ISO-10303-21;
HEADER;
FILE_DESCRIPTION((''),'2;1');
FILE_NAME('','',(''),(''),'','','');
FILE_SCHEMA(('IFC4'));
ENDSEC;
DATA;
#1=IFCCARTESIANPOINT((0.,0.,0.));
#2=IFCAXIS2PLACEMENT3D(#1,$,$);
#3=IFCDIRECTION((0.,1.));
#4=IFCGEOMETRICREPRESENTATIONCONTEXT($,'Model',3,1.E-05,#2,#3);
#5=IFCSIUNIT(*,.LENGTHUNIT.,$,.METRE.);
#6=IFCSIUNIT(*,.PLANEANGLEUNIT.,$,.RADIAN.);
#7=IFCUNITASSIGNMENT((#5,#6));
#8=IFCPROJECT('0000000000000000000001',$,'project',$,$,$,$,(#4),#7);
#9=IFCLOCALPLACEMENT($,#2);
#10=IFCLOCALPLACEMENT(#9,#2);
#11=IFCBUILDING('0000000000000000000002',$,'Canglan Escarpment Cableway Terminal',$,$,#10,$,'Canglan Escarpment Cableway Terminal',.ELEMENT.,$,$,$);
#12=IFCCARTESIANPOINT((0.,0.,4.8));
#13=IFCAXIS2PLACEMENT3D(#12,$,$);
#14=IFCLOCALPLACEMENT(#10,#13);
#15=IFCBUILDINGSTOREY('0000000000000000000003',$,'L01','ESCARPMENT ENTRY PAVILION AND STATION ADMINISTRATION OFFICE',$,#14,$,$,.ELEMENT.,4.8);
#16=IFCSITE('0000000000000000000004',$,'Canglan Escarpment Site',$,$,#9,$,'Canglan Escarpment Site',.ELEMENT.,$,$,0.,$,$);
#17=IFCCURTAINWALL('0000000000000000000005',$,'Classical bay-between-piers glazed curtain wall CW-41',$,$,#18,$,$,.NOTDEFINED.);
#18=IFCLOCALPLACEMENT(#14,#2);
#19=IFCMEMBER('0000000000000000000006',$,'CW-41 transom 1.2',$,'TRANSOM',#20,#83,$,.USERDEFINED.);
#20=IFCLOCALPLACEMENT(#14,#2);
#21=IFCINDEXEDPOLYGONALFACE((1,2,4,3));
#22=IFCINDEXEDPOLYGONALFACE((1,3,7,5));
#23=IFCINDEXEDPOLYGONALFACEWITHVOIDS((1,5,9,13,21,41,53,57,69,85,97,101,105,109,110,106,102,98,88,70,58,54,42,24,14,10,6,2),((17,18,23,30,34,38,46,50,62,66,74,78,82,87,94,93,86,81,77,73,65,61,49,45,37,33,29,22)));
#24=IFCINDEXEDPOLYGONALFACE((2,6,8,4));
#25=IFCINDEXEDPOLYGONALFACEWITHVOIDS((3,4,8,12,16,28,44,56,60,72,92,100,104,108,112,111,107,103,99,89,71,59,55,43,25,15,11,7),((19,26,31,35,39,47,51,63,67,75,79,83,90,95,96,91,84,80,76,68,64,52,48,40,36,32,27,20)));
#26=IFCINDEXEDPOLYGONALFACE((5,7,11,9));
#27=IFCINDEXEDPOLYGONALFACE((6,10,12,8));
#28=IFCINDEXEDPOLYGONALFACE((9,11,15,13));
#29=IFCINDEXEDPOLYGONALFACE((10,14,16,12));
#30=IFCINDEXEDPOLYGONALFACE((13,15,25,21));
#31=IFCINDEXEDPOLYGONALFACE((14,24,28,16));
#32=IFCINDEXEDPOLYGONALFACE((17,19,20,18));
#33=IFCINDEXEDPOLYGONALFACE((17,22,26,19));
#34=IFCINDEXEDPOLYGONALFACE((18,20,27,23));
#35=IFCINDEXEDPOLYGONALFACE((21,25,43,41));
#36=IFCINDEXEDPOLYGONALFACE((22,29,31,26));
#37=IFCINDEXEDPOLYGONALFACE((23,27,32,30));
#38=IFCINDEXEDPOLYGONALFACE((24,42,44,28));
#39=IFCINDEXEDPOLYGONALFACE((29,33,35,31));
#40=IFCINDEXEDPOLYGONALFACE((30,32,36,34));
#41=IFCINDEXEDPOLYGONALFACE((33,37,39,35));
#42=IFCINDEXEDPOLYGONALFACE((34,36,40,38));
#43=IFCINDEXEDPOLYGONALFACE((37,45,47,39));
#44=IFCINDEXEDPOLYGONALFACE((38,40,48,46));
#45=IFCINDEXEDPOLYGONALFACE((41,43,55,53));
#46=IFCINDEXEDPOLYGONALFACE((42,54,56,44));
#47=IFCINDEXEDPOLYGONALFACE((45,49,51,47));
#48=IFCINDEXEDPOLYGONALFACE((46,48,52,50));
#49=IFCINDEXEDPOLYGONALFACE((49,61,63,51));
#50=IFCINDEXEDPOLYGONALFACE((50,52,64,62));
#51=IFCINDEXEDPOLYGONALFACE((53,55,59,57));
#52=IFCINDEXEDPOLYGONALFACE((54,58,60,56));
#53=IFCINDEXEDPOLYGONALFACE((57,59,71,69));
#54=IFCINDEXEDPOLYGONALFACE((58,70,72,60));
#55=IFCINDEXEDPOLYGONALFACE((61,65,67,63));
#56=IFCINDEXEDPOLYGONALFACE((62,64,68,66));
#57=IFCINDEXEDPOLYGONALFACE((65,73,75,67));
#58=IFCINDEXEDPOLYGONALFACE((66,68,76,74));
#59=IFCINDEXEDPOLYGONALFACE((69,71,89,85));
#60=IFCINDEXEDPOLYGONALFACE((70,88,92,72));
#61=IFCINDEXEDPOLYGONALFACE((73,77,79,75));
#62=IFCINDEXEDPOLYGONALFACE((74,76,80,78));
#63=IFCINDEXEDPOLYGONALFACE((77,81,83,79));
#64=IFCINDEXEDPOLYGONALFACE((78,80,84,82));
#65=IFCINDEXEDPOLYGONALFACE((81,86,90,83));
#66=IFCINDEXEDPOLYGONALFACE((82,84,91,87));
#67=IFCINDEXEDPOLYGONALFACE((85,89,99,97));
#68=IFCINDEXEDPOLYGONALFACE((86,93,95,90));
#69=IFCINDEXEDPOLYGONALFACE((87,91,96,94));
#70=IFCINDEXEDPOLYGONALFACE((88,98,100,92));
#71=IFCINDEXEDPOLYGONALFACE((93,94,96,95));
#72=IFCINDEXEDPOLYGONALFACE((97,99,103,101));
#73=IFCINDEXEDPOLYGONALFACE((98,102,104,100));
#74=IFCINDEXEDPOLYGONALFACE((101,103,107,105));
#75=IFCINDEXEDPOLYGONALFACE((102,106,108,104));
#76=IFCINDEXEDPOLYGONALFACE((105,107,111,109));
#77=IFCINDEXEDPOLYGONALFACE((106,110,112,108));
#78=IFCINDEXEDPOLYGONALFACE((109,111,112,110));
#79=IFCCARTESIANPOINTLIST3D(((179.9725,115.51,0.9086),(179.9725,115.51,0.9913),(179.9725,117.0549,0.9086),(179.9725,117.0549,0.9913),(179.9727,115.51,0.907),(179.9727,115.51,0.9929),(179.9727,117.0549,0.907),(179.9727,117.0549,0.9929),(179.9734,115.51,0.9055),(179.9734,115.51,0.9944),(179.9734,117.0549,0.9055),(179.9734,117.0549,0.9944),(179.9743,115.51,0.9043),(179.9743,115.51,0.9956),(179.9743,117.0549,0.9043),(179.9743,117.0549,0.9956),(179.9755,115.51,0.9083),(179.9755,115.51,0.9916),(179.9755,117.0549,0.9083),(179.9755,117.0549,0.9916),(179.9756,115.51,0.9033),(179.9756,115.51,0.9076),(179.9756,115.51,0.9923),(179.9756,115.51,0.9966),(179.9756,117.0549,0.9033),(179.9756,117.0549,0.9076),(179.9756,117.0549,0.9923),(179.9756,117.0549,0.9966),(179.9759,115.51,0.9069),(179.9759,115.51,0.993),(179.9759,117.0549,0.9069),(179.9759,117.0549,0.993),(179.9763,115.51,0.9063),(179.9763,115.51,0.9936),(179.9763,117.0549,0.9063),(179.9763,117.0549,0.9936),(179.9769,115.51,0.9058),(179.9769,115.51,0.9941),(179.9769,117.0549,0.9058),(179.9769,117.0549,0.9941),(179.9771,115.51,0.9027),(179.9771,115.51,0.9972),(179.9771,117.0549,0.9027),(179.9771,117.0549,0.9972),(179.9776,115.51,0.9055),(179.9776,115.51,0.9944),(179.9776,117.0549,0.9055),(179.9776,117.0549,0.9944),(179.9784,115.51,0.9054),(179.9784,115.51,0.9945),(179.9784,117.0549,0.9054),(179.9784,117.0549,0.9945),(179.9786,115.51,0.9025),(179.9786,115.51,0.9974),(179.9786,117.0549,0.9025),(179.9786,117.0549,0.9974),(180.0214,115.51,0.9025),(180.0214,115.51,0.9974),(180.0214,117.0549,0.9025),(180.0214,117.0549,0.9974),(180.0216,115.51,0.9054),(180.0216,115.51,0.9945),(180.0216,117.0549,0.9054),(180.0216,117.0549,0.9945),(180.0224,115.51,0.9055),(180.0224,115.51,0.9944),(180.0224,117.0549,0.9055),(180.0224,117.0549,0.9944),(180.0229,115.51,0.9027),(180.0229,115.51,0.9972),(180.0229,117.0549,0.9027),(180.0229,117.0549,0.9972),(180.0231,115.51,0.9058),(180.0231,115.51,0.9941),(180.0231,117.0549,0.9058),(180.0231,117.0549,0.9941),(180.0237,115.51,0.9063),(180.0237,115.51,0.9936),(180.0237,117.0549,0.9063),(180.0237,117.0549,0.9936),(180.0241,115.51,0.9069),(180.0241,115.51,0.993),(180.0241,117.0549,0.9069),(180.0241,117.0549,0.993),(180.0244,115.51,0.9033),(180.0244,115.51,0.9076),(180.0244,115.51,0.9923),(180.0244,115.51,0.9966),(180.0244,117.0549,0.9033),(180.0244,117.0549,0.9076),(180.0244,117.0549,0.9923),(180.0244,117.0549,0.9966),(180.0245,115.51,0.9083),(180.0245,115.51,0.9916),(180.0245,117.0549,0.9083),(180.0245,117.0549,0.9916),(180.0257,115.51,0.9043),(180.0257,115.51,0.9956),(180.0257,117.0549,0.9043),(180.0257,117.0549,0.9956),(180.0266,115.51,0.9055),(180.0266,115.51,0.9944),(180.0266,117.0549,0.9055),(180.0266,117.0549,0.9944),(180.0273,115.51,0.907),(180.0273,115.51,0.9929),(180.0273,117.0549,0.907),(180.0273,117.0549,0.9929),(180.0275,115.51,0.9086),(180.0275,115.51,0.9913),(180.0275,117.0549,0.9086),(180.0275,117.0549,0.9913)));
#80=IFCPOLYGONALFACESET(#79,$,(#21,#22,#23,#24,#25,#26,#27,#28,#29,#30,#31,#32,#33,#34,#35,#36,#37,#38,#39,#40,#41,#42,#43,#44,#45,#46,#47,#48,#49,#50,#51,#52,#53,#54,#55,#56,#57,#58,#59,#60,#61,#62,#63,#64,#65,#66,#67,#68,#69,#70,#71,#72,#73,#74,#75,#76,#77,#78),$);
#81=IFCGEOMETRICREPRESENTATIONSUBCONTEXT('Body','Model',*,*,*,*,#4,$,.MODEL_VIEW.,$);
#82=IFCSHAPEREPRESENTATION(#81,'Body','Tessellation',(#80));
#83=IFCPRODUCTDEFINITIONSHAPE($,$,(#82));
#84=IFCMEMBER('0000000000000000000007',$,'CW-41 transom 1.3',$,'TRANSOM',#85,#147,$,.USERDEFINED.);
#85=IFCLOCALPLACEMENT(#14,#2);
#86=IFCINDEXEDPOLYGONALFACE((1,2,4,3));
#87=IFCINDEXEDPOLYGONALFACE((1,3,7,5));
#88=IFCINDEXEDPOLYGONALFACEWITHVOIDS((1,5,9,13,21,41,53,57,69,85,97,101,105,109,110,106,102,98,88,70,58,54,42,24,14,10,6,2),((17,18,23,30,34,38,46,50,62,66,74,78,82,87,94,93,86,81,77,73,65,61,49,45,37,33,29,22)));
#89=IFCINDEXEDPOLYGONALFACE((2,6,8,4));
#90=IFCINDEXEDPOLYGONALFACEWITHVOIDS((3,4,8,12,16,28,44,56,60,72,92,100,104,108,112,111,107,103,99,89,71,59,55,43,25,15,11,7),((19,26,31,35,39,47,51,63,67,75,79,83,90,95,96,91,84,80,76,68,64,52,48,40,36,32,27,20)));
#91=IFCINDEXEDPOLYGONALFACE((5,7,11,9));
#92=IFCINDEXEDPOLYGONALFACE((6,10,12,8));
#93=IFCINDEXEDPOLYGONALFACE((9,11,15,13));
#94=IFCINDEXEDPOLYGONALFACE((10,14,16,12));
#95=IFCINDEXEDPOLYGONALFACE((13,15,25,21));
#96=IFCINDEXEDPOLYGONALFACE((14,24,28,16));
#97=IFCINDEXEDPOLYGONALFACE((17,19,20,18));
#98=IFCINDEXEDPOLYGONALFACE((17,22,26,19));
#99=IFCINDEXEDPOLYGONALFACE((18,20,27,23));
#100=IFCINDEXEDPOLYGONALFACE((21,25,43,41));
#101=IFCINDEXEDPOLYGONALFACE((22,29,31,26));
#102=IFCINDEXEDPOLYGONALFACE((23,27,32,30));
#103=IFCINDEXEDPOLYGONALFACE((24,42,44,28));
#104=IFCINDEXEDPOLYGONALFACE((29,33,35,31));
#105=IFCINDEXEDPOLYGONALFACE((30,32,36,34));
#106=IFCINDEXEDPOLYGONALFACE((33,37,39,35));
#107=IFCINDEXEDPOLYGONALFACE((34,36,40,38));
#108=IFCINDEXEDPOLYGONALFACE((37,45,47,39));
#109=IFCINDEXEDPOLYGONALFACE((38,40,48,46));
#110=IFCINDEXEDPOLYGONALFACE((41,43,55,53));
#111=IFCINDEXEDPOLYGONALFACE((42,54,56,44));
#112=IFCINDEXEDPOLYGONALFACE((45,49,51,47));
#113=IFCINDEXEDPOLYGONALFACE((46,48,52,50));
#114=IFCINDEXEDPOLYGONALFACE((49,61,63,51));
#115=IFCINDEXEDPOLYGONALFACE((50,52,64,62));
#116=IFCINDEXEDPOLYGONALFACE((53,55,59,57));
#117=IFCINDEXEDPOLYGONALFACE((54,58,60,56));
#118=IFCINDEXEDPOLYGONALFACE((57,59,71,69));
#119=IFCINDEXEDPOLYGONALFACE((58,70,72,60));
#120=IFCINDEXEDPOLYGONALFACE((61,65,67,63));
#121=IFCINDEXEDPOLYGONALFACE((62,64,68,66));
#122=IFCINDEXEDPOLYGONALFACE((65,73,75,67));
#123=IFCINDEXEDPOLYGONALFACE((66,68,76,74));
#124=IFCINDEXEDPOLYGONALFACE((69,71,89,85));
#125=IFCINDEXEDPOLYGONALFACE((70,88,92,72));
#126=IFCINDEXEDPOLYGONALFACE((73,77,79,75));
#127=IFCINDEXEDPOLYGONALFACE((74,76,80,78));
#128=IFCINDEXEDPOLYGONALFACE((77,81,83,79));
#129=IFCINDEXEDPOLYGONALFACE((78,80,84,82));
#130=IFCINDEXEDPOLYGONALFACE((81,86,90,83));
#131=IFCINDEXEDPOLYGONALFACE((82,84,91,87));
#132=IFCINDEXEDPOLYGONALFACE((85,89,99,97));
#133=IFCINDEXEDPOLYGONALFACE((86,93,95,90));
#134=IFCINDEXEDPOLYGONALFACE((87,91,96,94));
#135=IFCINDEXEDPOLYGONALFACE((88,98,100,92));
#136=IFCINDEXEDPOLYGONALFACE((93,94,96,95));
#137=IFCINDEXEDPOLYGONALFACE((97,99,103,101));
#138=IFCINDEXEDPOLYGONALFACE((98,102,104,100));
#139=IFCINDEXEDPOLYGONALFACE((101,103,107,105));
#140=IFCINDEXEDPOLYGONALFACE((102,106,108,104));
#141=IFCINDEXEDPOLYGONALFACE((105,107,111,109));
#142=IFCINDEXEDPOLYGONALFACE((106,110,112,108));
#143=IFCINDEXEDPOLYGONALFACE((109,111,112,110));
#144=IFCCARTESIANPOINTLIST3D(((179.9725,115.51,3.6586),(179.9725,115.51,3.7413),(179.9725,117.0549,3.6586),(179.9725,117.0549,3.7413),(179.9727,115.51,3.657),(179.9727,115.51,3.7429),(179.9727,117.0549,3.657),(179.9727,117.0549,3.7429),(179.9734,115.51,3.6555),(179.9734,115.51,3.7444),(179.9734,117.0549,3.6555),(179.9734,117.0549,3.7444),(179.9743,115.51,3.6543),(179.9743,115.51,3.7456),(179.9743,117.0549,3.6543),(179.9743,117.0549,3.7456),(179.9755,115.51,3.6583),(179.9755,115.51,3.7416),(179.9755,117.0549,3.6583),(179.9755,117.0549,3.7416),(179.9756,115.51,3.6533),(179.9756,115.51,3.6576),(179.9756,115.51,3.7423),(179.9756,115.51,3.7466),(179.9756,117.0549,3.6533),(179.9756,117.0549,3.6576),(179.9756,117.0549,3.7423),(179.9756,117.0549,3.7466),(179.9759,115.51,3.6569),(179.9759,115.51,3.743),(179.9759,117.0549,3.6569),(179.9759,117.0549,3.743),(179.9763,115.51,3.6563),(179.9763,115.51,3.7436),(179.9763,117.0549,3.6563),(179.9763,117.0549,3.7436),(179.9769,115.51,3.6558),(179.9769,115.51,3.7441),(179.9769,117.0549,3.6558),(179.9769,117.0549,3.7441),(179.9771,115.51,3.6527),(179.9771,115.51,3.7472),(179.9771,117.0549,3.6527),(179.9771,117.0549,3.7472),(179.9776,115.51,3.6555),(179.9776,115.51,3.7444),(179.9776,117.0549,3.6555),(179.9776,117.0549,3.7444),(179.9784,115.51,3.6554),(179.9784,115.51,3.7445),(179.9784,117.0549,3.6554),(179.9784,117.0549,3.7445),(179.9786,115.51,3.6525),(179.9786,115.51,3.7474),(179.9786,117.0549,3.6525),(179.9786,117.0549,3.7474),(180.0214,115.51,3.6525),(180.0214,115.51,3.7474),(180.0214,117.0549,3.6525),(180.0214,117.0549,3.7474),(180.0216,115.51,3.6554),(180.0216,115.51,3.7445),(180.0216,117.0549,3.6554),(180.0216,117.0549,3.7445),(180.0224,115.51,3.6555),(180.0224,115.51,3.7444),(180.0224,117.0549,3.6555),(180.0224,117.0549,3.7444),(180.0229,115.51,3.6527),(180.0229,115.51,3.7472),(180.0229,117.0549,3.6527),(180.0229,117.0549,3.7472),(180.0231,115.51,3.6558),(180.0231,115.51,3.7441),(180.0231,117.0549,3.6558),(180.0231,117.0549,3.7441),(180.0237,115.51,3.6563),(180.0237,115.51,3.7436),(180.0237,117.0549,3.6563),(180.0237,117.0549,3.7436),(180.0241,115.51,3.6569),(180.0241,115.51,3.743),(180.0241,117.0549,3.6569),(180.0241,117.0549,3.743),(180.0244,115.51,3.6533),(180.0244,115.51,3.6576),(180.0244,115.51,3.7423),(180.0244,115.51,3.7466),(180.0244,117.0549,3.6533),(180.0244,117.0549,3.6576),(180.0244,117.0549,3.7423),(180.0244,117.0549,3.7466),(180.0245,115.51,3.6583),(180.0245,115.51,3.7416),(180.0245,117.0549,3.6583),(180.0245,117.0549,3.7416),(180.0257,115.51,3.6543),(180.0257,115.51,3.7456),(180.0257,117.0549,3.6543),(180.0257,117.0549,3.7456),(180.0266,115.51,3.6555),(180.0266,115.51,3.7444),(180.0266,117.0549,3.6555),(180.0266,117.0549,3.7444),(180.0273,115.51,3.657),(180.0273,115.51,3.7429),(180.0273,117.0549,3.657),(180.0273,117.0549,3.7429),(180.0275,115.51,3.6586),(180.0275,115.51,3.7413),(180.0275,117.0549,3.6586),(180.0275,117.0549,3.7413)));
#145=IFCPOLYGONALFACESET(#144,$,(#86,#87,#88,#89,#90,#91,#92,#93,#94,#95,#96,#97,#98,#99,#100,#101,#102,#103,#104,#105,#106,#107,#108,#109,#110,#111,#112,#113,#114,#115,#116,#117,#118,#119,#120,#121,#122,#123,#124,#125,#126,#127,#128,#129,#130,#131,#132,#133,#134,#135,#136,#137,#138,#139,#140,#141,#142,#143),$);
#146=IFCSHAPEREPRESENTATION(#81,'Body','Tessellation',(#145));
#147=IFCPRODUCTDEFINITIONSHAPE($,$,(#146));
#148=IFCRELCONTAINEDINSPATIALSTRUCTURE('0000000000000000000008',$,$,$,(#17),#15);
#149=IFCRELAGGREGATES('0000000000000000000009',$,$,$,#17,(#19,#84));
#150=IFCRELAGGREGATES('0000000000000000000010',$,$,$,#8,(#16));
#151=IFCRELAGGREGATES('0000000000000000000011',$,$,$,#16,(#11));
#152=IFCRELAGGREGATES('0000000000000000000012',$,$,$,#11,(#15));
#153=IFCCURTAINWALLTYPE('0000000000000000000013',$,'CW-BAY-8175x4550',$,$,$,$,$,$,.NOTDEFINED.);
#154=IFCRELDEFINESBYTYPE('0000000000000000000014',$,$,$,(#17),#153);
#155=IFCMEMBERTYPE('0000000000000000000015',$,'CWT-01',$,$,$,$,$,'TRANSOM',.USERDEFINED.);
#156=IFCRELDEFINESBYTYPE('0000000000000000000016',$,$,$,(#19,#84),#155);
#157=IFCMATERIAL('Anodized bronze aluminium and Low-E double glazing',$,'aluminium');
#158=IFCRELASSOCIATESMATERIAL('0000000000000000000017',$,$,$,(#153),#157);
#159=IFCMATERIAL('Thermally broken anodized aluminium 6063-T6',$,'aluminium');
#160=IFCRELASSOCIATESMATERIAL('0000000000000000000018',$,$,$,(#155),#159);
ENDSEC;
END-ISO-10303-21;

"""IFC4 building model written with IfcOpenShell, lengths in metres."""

from ifc_helpers import new_model, si_unit, direction, frame, origin, origin_2d, place, context, subcontext, project, spatial, hollow_rectangle, extrude, material, material_profile, profile_set, type_object, element, aggregate, save


model = new_model("IFC4")

# Units and contexts
model_context = context("Model", 3, precision=1e-05, world=origin(), true_north=direction((0.0, 1.0)))
body_context = subcontext(model_context, "Body", "Model", "MODEL_VIEW")
ifc_project = project(units=[si_unit("LENGTHUNIT", "METRE"), si_unit("PLANEANGLEUNIT", "RADIAN")], contexts=[model_context])

# Site, building, storey
site_placement = place(None, origin())
site = spatial("IfcSite", under=ifc_project, at=site_placement, Name="Canglan Escarpment Site", LongName="Canglan Escarpment Site", CompositionType="ELEMENT", RefElevation=0.0)
building_placement = place(site_placement, origin())
building = spatial("IfcBuilding", under=site, at=building_placement, Name="Canglan Escarpment Cableway Terminal", LongName="Canglan Escarpment Cableway Terminal", CompositionType="ELEMENT")
storey_placement = place(building_placement, frame((0.0, 0.0, 4.8)))
storey = spatial("IfcBuildingStorey", under=building, at=storey_placement, Name="L01", Description="ESCARPMENT ENTRY PAVILION AND STATION ADMINISTRATION OFFICE", CompositionType="ELEMENT", Elevation=4.8)

# Curtain wall, members
ifc_material_1 = material(Name="Anodized bronze aluminium and Low-E double glazing", Category="aluminium")
curtain_wall_type = type_object("IfcCurtainWallType", Name="CW-BAY-8175x4550", PredefinedType="NOTDEFINED", material=ifc_material_1)
curtain_wall_placement = place(storey_placement, origin())
curtain_wall = element("IfcCurtainWall", 1, at=curtain_wall_placement, inside=storey, type_object=curtain_wall_type, Name="Classical bay-between-piers glazed curtain wall CW-41", PredefinedType="NOTDEFINED")
ifc_material_2 = material(Name="Thermally broken anodized aluminium 6063-T6", Category="aluminium")
ifc_material_profile_1 = material_profile(ifc_material_2, hollow_rectangle(XDim=0.0549, YDim=0.095, WallThickness=0.0029, InnerFilletRadius=0.0029, OuterFilletRadius=0.0061, at=origin_2d()), Name="ALU-TRAN 55x95x3")
ifc_profile_set_1 = profile_set([ifc_material_profile_1], Name="Thermally broken anodized aluminium 6063-T6")
member_type_1 = type_object("IfcMemberType", Name="CWT-01", ElementType="TRANSOM", PredefinedType="USERDEFINED", material=ifc_profile_set_1)
member_1_placement = place(storey_placement, frame((180.0, 115.51, 0.95), z_axis=(0.0, 1.0, 0.0), x_axis=(-1.0, 0.0, 0.0)))
member_1 = element("IfcMember", 2, at=member_1_placement, type_object=member_type_1, Name="CW-41 transom 1.2", ObjectType="TRANSOM", PredefinedType="USERDEFINED", context=body_context, shape_type="SweptSolid", body=[
    extrude(hollow_rectangle(XDim=0.0549, YDim=0.095, WallThickness=0.0029, InnerFilletRadius=0.0029, OuterFilletRadius=0.0061, at=origin_2d()), origin(), (0.0, 0.0, 1.0), 1.5449),
])
member_2_placement = place(storey_placement, frame((180.0, 115.51, 3.7), z_axis=(0.0, 1.0, 0.0), x_axis=(-1.0, 0.0, 0.0)))
member_2 = element("IfcMember", 3, at=member_2_placement, type_object=member_type_1, Name="CW-41 transom 1.3", ObjectType="TRANSOM", PredefinedType="USERDEFINED", context=body_context, shape_type="SweptSolid", body=[
    extrude(hollow_rectangle(XDim=0.0549, YDim=0.095, WallThickness=0.0029, InnerFilletRadius=0.0029, OuterFilletRadius=0.0061, at=origin_2d()), origin(), (0.0, 0.0, 1.0), 1.5449),
])
aggregate(curtain_wall, [member_1, member_2])

save(model, "model.ifc")
